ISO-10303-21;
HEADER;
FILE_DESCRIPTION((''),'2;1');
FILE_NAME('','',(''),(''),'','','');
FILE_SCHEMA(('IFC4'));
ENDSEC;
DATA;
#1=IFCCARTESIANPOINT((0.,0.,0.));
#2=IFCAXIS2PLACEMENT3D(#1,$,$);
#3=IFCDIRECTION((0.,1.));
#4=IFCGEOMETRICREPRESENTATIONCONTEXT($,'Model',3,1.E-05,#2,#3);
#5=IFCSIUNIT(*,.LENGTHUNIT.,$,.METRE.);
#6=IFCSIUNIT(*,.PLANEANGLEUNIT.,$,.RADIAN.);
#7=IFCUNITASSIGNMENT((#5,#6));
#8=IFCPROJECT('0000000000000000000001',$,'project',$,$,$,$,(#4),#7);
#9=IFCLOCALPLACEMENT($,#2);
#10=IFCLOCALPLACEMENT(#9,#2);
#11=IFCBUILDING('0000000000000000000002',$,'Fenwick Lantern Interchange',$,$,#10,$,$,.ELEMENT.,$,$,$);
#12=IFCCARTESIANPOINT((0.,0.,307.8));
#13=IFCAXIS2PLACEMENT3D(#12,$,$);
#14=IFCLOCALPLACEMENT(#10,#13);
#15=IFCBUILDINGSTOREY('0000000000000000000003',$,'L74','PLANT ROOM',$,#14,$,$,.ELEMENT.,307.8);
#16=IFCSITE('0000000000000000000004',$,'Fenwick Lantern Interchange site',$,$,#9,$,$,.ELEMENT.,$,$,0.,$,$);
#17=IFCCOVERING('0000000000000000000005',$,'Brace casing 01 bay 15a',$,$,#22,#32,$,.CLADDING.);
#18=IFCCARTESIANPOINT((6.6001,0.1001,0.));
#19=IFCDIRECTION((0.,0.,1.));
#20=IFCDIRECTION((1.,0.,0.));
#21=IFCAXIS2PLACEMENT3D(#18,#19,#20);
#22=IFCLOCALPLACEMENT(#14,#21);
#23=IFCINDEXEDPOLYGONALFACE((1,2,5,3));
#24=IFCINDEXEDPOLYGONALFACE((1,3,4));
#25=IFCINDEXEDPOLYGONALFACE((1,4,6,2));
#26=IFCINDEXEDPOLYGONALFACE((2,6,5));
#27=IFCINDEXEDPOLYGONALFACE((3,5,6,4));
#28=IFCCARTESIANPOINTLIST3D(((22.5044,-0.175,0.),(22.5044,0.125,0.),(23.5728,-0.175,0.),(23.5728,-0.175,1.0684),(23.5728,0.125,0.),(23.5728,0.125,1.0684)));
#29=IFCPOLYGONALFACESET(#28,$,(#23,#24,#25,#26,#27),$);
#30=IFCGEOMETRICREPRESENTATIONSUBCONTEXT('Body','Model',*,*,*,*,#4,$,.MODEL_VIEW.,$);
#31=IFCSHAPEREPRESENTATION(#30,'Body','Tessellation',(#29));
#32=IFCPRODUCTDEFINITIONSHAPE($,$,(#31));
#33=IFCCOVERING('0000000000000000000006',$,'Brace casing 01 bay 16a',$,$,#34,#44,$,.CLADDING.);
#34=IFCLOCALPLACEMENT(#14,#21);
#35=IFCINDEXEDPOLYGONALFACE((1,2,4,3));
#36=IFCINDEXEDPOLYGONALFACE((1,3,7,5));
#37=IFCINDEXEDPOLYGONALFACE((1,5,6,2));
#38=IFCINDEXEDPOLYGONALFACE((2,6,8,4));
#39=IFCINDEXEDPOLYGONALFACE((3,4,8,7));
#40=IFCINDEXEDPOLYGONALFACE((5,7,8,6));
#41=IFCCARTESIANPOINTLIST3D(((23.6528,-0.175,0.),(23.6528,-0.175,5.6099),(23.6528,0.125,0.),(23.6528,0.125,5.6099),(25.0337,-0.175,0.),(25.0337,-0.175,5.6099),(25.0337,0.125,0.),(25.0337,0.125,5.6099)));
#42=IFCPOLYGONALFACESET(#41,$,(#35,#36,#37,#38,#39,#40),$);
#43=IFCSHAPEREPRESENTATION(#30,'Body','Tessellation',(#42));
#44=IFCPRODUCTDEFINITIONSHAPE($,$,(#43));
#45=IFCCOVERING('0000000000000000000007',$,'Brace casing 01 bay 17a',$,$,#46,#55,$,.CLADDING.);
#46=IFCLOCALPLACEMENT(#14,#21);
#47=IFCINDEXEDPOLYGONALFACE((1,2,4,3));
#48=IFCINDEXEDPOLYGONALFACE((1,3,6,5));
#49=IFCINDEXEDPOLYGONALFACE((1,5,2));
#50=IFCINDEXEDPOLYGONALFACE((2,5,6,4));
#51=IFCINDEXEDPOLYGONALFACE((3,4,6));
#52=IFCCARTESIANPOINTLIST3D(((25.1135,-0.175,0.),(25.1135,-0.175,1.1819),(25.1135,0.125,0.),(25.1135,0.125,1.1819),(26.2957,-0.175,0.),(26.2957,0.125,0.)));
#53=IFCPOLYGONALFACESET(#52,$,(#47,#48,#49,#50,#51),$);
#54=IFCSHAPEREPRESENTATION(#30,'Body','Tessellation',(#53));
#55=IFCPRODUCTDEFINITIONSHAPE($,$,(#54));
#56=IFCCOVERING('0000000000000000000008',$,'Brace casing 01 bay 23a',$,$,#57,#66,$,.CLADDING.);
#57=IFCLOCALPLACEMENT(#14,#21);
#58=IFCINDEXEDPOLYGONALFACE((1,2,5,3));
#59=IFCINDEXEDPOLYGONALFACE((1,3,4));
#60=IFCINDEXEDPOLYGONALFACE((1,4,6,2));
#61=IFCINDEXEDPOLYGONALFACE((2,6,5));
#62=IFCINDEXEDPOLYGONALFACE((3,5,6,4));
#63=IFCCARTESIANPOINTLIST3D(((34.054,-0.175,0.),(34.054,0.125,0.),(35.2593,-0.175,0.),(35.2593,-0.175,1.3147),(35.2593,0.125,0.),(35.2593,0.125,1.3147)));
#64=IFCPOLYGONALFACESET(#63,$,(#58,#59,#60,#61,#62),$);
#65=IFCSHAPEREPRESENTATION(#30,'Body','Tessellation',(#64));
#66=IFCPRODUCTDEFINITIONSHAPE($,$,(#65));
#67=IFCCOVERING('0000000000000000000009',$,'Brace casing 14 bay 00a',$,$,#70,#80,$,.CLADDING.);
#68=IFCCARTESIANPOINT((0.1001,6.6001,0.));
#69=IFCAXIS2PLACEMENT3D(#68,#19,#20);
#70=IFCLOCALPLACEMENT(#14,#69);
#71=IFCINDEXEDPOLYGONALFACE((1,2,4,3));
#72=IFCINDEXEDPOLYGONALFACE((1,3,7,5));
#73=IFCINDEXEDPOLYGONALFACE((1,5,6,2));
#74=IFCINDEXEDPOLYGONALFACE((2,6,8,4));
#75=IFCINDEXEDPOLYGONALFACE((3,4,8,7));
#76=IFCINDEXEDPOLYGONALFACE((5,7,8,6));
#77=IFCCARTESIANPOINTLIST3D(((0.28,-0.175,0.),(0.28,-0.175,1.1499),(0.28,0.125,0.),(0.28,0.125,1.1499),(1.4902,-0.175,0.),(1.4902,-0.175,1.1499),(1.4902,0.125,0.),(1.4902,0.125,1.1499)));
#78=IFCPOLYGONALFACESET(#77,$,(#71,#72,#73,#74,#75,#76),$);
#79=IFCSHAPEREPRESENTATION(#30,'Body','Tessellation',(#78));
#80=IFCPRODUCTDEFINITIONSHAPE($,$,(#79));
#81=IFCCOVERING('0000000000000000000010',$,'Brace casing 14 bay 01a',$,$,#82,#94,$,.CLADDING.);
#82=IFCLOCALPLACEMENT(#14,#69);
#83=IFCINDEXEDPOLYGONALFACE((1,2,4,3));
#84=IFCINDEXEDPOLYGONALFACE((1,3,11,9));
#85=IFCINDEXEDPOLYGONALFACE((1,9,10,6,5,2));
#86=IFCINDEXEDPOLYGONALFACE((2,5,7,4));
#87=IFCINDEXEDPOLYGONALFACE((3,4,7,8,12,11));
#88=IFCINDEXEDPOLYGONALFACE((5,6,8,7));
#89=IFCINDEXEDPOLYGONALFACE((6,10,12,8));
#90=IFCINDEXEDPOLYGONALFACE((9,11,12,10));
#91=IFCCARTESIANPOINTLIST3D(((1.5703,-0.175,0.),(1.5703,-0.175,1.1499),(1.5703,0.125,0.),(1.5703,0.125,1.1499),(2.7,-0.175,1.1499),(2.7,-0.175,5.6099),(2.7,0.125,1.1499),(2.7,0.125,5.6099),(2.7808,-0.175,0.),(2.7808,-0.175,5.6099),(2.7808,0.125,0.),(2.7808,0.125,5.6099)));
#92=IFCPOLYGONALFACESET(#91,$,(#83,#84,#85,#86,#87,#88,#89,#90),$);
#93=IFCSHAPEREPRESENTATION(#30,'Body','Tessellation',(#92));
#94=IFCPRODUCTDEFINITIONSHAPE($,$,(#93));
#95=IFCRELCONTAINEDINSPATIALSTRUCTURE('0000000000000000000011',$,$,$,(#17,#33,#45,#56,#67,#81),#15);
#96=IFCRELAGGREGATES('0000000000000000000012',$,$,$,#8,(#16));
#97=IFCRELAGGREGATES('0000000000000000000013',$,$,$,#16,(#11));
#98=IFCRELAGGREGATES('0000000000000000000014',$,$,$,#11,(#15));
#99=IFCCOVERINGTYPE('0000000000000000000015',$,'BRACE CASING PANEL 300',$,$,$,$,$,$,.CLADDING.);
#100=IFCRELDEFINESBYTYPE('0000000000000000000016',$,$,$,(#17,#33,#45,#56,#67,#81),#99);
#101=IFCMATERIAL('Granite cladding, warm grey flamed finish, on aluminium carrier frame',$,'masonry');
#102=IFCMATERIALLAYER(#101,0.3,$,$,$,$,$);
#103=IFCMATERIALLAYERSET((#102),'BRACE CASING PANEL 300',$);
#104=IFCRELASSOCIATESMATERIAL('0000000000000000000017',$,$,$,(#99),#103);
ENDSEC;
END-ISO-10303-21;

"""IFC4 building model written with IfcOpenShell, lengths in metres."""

from ifc_helpers import new_model, si_unit, direction, frame, origin, place, context, subcontext, project, spatial, polyline, outline, extrude, material, layer, layer_set, type_object, element, save


model = new_model("IFC4")

# Units and contexts
model_context = context("Model", 3, precision=1e-05, world=origin(), true_north=direction((0.0, 1.0)))
body_context = subcontext(model_context, "Body", "Model", "MODEL_VIEW")
ifc_project = project(units=[si_unit("LENGTHUNIT", "METRE"), si_unit("PLANEANGLEUNIT", "RADIAN")], contexts=[model_context])

# Site, building, storey
site_placement = place(None, origin())
site = spatial("IfcSite", under=ifc_project, at=site_placement, Name="Fenwick Lantern Interchange site", CompositionType="ELEMENT", RefElevation=0.0)
building_placement = place(site_placement, origin())
building = spatial("IfcBuilding", under=site, at=building_placement, Name="Fenwick Lantern Interchange", CompositionType="ELEMENT")
storey_placement = place(building_placement, frame((0.0, 0.0, 307.8)))
storey = spatial("IfcBuildingStorey", under=building, at=storey_placement, Name="L74", Description="PLANT ROOM", CompositionType="ELEMENT", Elevation=307.8)

# Coverings
ifc_material_1 = material(Name="Granite cladding, warm grey flamed finish, on aluminium carrier frame", Category="masonry")
ifc_layer_1 = layer(ifc_material_1, 0.3)
ifc_layer_set_1 = layer_set([ifc_layer_1], Name="BRACE CASING PANEL 300")
covering_type = type_object("IfcCoveringType", Name="BRACE CASING PANEL 300", PredefinedType="CLADDING", material=ifc_layer_set_1)
covering_1_placement = place(storey_placement, frame((6.6001, 0.1001, 0.0), z_axis=(0.0, 0.0, 1.0), x_axis=(1.0, 0.0, 0.0)))
element("IfcCovering", 1, at=covering_1_placement, inside=storey, type_object=covering_type, Name="Brace casing 01 bay 15a", PredefinedType="CLADDING", context=body_context, shape_type="SweptSolid", body=[
    extrude(outline(polyline([(22.5044, 0.0), (23.5728, 0.0), (23.5728, 1.0684), (22.5044, 0.0)])), frame((0.0, 0.125, 0.0), z_axis=(0.0, -1.0, 0.0), x_axis=(1.0, 0.0, 0.0)), (0.0, 0.0, 1.0), 0.3),
])
covering_2_placement = place(storey_placement, frame((6.6001, 0.1001, 0.0), z_axis=(0.0, 0.0, 1.0), x_axis=(1.0, 0.0, 0.0)))
element("IfcCovering", 2, at=covering_2_placement, inside=storey, type_object=covering_type, Name="Brace casing 01 bay 16a", PredefinedType="CLADDING", context=body_context, shape_type="SweptSolid", body=[
    extrude(outline(polyline([(23.6528, 0.0), (25.0337, 0.0), (25.0337, 5.6099), (23.6528, 5.6099), (23.6528, 0.0)])), frame((0.0, 0.125, 0.0), z_axis=(0.0, -1.0, 0.0), x_axis=(1.0, 0.0, 0.0)), (0.0, 0.0, 1.0), 0.3),
])
covering_3_placement = place(storey_placement, frame((6.6001, 0.1001, 0.0), z_axis=(0.0, 0.0, 1.0), x_axis=(1.0, 0.0, 0.0)))
element("IfcCovering", 3, at=covering_3_placement, inside=storey, type_object=covering_type, Name="Brace casing 01 bay 17a", PredefinedType="CLADDING", context=body_context, shape_type="SweptSolid", body=[
    extrude(outline(polyline([(25.1135, 0.0), (26.2957, 0.0), (25.1135, 1.1819), (25.1135, 0.0)])), frame((0.0, 0.125, 0.0), z_axis=(0.0, -1.0, 0.0), x_axis=(1.0, 0.0, 0.0)), (0.0, 0.0, 1.0), 0.3),
])
covering_4_placement = place(storey_placement, frame((6.6001, 0.1001, 0.0), z_axis=(0.0, 0.0, 1.0), x_axis=(1.0, 0.0, 0.0)))
element("IfcCovering", 4, at=covering_4_placement, inside=storey, type_object=covering_type, Name="Brace casing 01 bay 23a", PredefinedType="CLADDING", context=body_context, shape_type="SweptSolid", body=[
    extrude(outline(polyline([(34.054, 0.0), (35.2593, 0.0), (35.2593, 1.3147), (34.054, 0.0)])), frame((0.0, 0.125, 0.0), z_axis=(0.0, -1.0, 0.0), x_axis=(1.0, 0.0, 0.0)), (0.0, 0.0, 1.0), 0.3),
])
covering_5_placement = place(storey_placement, frame((0.1001, 6.6001, 0.0), z_axis=(0.0, 0.0, 1.0), x_axis=(1.0, 0.0, 0.0)))
element("IfcCovering", 5, at=covering_5_placement, inside=storey, type_object=covering_type, Name="Brace casing 14 bay 00a", PredefinedType="CLADDING", context=body_context, shape_type="SweptSolid", body=[
    extrude(outline(polyline([(0.28, 0.0), (1.4902, 0.0), (1.4902, 1.1499), (0.28, 1.1499), (0.28, 0.0)])), frame((0.0, 0.125, 0.0), z_axis=(0.0, -1.0, 0.0), x_axis=(1.0, 0.0, 0.0)), (0.0, 0.0, 1.0), 0.3),
])
covering_6_placement = place(storey_placement, frame((0.1001, 6.6001, 0.0), z_axis=(0.0, 0.0, 1.0), x_axis=(1.0, 0.0, 0.0)))
element("IfcCovering", 6, at=covering_6_placement, inside=storey, type_object=covering_type, Name="Brace casing 14 bay 01a", PredefinedType="CLADDING", context=body_context, shape_type="SweptSolid", body=[
    extrude(outline(polyline([(1.5703, 0.0), (2.7808, 0.0), (2.7808, 5.6099), (2.7, 5.6099), (2.7, 1.1499), (1.5703, 1.1499), (1.5703, 0.0)])), frame((0.0, 0.125, 0.0), z_axis=(0.0, -1.0, 0.0), x_axis=(1.0, 0.0, 0.0)), (0.0, 0.0, 1.0), 0.3),
])

save(model, "model.ifc")
